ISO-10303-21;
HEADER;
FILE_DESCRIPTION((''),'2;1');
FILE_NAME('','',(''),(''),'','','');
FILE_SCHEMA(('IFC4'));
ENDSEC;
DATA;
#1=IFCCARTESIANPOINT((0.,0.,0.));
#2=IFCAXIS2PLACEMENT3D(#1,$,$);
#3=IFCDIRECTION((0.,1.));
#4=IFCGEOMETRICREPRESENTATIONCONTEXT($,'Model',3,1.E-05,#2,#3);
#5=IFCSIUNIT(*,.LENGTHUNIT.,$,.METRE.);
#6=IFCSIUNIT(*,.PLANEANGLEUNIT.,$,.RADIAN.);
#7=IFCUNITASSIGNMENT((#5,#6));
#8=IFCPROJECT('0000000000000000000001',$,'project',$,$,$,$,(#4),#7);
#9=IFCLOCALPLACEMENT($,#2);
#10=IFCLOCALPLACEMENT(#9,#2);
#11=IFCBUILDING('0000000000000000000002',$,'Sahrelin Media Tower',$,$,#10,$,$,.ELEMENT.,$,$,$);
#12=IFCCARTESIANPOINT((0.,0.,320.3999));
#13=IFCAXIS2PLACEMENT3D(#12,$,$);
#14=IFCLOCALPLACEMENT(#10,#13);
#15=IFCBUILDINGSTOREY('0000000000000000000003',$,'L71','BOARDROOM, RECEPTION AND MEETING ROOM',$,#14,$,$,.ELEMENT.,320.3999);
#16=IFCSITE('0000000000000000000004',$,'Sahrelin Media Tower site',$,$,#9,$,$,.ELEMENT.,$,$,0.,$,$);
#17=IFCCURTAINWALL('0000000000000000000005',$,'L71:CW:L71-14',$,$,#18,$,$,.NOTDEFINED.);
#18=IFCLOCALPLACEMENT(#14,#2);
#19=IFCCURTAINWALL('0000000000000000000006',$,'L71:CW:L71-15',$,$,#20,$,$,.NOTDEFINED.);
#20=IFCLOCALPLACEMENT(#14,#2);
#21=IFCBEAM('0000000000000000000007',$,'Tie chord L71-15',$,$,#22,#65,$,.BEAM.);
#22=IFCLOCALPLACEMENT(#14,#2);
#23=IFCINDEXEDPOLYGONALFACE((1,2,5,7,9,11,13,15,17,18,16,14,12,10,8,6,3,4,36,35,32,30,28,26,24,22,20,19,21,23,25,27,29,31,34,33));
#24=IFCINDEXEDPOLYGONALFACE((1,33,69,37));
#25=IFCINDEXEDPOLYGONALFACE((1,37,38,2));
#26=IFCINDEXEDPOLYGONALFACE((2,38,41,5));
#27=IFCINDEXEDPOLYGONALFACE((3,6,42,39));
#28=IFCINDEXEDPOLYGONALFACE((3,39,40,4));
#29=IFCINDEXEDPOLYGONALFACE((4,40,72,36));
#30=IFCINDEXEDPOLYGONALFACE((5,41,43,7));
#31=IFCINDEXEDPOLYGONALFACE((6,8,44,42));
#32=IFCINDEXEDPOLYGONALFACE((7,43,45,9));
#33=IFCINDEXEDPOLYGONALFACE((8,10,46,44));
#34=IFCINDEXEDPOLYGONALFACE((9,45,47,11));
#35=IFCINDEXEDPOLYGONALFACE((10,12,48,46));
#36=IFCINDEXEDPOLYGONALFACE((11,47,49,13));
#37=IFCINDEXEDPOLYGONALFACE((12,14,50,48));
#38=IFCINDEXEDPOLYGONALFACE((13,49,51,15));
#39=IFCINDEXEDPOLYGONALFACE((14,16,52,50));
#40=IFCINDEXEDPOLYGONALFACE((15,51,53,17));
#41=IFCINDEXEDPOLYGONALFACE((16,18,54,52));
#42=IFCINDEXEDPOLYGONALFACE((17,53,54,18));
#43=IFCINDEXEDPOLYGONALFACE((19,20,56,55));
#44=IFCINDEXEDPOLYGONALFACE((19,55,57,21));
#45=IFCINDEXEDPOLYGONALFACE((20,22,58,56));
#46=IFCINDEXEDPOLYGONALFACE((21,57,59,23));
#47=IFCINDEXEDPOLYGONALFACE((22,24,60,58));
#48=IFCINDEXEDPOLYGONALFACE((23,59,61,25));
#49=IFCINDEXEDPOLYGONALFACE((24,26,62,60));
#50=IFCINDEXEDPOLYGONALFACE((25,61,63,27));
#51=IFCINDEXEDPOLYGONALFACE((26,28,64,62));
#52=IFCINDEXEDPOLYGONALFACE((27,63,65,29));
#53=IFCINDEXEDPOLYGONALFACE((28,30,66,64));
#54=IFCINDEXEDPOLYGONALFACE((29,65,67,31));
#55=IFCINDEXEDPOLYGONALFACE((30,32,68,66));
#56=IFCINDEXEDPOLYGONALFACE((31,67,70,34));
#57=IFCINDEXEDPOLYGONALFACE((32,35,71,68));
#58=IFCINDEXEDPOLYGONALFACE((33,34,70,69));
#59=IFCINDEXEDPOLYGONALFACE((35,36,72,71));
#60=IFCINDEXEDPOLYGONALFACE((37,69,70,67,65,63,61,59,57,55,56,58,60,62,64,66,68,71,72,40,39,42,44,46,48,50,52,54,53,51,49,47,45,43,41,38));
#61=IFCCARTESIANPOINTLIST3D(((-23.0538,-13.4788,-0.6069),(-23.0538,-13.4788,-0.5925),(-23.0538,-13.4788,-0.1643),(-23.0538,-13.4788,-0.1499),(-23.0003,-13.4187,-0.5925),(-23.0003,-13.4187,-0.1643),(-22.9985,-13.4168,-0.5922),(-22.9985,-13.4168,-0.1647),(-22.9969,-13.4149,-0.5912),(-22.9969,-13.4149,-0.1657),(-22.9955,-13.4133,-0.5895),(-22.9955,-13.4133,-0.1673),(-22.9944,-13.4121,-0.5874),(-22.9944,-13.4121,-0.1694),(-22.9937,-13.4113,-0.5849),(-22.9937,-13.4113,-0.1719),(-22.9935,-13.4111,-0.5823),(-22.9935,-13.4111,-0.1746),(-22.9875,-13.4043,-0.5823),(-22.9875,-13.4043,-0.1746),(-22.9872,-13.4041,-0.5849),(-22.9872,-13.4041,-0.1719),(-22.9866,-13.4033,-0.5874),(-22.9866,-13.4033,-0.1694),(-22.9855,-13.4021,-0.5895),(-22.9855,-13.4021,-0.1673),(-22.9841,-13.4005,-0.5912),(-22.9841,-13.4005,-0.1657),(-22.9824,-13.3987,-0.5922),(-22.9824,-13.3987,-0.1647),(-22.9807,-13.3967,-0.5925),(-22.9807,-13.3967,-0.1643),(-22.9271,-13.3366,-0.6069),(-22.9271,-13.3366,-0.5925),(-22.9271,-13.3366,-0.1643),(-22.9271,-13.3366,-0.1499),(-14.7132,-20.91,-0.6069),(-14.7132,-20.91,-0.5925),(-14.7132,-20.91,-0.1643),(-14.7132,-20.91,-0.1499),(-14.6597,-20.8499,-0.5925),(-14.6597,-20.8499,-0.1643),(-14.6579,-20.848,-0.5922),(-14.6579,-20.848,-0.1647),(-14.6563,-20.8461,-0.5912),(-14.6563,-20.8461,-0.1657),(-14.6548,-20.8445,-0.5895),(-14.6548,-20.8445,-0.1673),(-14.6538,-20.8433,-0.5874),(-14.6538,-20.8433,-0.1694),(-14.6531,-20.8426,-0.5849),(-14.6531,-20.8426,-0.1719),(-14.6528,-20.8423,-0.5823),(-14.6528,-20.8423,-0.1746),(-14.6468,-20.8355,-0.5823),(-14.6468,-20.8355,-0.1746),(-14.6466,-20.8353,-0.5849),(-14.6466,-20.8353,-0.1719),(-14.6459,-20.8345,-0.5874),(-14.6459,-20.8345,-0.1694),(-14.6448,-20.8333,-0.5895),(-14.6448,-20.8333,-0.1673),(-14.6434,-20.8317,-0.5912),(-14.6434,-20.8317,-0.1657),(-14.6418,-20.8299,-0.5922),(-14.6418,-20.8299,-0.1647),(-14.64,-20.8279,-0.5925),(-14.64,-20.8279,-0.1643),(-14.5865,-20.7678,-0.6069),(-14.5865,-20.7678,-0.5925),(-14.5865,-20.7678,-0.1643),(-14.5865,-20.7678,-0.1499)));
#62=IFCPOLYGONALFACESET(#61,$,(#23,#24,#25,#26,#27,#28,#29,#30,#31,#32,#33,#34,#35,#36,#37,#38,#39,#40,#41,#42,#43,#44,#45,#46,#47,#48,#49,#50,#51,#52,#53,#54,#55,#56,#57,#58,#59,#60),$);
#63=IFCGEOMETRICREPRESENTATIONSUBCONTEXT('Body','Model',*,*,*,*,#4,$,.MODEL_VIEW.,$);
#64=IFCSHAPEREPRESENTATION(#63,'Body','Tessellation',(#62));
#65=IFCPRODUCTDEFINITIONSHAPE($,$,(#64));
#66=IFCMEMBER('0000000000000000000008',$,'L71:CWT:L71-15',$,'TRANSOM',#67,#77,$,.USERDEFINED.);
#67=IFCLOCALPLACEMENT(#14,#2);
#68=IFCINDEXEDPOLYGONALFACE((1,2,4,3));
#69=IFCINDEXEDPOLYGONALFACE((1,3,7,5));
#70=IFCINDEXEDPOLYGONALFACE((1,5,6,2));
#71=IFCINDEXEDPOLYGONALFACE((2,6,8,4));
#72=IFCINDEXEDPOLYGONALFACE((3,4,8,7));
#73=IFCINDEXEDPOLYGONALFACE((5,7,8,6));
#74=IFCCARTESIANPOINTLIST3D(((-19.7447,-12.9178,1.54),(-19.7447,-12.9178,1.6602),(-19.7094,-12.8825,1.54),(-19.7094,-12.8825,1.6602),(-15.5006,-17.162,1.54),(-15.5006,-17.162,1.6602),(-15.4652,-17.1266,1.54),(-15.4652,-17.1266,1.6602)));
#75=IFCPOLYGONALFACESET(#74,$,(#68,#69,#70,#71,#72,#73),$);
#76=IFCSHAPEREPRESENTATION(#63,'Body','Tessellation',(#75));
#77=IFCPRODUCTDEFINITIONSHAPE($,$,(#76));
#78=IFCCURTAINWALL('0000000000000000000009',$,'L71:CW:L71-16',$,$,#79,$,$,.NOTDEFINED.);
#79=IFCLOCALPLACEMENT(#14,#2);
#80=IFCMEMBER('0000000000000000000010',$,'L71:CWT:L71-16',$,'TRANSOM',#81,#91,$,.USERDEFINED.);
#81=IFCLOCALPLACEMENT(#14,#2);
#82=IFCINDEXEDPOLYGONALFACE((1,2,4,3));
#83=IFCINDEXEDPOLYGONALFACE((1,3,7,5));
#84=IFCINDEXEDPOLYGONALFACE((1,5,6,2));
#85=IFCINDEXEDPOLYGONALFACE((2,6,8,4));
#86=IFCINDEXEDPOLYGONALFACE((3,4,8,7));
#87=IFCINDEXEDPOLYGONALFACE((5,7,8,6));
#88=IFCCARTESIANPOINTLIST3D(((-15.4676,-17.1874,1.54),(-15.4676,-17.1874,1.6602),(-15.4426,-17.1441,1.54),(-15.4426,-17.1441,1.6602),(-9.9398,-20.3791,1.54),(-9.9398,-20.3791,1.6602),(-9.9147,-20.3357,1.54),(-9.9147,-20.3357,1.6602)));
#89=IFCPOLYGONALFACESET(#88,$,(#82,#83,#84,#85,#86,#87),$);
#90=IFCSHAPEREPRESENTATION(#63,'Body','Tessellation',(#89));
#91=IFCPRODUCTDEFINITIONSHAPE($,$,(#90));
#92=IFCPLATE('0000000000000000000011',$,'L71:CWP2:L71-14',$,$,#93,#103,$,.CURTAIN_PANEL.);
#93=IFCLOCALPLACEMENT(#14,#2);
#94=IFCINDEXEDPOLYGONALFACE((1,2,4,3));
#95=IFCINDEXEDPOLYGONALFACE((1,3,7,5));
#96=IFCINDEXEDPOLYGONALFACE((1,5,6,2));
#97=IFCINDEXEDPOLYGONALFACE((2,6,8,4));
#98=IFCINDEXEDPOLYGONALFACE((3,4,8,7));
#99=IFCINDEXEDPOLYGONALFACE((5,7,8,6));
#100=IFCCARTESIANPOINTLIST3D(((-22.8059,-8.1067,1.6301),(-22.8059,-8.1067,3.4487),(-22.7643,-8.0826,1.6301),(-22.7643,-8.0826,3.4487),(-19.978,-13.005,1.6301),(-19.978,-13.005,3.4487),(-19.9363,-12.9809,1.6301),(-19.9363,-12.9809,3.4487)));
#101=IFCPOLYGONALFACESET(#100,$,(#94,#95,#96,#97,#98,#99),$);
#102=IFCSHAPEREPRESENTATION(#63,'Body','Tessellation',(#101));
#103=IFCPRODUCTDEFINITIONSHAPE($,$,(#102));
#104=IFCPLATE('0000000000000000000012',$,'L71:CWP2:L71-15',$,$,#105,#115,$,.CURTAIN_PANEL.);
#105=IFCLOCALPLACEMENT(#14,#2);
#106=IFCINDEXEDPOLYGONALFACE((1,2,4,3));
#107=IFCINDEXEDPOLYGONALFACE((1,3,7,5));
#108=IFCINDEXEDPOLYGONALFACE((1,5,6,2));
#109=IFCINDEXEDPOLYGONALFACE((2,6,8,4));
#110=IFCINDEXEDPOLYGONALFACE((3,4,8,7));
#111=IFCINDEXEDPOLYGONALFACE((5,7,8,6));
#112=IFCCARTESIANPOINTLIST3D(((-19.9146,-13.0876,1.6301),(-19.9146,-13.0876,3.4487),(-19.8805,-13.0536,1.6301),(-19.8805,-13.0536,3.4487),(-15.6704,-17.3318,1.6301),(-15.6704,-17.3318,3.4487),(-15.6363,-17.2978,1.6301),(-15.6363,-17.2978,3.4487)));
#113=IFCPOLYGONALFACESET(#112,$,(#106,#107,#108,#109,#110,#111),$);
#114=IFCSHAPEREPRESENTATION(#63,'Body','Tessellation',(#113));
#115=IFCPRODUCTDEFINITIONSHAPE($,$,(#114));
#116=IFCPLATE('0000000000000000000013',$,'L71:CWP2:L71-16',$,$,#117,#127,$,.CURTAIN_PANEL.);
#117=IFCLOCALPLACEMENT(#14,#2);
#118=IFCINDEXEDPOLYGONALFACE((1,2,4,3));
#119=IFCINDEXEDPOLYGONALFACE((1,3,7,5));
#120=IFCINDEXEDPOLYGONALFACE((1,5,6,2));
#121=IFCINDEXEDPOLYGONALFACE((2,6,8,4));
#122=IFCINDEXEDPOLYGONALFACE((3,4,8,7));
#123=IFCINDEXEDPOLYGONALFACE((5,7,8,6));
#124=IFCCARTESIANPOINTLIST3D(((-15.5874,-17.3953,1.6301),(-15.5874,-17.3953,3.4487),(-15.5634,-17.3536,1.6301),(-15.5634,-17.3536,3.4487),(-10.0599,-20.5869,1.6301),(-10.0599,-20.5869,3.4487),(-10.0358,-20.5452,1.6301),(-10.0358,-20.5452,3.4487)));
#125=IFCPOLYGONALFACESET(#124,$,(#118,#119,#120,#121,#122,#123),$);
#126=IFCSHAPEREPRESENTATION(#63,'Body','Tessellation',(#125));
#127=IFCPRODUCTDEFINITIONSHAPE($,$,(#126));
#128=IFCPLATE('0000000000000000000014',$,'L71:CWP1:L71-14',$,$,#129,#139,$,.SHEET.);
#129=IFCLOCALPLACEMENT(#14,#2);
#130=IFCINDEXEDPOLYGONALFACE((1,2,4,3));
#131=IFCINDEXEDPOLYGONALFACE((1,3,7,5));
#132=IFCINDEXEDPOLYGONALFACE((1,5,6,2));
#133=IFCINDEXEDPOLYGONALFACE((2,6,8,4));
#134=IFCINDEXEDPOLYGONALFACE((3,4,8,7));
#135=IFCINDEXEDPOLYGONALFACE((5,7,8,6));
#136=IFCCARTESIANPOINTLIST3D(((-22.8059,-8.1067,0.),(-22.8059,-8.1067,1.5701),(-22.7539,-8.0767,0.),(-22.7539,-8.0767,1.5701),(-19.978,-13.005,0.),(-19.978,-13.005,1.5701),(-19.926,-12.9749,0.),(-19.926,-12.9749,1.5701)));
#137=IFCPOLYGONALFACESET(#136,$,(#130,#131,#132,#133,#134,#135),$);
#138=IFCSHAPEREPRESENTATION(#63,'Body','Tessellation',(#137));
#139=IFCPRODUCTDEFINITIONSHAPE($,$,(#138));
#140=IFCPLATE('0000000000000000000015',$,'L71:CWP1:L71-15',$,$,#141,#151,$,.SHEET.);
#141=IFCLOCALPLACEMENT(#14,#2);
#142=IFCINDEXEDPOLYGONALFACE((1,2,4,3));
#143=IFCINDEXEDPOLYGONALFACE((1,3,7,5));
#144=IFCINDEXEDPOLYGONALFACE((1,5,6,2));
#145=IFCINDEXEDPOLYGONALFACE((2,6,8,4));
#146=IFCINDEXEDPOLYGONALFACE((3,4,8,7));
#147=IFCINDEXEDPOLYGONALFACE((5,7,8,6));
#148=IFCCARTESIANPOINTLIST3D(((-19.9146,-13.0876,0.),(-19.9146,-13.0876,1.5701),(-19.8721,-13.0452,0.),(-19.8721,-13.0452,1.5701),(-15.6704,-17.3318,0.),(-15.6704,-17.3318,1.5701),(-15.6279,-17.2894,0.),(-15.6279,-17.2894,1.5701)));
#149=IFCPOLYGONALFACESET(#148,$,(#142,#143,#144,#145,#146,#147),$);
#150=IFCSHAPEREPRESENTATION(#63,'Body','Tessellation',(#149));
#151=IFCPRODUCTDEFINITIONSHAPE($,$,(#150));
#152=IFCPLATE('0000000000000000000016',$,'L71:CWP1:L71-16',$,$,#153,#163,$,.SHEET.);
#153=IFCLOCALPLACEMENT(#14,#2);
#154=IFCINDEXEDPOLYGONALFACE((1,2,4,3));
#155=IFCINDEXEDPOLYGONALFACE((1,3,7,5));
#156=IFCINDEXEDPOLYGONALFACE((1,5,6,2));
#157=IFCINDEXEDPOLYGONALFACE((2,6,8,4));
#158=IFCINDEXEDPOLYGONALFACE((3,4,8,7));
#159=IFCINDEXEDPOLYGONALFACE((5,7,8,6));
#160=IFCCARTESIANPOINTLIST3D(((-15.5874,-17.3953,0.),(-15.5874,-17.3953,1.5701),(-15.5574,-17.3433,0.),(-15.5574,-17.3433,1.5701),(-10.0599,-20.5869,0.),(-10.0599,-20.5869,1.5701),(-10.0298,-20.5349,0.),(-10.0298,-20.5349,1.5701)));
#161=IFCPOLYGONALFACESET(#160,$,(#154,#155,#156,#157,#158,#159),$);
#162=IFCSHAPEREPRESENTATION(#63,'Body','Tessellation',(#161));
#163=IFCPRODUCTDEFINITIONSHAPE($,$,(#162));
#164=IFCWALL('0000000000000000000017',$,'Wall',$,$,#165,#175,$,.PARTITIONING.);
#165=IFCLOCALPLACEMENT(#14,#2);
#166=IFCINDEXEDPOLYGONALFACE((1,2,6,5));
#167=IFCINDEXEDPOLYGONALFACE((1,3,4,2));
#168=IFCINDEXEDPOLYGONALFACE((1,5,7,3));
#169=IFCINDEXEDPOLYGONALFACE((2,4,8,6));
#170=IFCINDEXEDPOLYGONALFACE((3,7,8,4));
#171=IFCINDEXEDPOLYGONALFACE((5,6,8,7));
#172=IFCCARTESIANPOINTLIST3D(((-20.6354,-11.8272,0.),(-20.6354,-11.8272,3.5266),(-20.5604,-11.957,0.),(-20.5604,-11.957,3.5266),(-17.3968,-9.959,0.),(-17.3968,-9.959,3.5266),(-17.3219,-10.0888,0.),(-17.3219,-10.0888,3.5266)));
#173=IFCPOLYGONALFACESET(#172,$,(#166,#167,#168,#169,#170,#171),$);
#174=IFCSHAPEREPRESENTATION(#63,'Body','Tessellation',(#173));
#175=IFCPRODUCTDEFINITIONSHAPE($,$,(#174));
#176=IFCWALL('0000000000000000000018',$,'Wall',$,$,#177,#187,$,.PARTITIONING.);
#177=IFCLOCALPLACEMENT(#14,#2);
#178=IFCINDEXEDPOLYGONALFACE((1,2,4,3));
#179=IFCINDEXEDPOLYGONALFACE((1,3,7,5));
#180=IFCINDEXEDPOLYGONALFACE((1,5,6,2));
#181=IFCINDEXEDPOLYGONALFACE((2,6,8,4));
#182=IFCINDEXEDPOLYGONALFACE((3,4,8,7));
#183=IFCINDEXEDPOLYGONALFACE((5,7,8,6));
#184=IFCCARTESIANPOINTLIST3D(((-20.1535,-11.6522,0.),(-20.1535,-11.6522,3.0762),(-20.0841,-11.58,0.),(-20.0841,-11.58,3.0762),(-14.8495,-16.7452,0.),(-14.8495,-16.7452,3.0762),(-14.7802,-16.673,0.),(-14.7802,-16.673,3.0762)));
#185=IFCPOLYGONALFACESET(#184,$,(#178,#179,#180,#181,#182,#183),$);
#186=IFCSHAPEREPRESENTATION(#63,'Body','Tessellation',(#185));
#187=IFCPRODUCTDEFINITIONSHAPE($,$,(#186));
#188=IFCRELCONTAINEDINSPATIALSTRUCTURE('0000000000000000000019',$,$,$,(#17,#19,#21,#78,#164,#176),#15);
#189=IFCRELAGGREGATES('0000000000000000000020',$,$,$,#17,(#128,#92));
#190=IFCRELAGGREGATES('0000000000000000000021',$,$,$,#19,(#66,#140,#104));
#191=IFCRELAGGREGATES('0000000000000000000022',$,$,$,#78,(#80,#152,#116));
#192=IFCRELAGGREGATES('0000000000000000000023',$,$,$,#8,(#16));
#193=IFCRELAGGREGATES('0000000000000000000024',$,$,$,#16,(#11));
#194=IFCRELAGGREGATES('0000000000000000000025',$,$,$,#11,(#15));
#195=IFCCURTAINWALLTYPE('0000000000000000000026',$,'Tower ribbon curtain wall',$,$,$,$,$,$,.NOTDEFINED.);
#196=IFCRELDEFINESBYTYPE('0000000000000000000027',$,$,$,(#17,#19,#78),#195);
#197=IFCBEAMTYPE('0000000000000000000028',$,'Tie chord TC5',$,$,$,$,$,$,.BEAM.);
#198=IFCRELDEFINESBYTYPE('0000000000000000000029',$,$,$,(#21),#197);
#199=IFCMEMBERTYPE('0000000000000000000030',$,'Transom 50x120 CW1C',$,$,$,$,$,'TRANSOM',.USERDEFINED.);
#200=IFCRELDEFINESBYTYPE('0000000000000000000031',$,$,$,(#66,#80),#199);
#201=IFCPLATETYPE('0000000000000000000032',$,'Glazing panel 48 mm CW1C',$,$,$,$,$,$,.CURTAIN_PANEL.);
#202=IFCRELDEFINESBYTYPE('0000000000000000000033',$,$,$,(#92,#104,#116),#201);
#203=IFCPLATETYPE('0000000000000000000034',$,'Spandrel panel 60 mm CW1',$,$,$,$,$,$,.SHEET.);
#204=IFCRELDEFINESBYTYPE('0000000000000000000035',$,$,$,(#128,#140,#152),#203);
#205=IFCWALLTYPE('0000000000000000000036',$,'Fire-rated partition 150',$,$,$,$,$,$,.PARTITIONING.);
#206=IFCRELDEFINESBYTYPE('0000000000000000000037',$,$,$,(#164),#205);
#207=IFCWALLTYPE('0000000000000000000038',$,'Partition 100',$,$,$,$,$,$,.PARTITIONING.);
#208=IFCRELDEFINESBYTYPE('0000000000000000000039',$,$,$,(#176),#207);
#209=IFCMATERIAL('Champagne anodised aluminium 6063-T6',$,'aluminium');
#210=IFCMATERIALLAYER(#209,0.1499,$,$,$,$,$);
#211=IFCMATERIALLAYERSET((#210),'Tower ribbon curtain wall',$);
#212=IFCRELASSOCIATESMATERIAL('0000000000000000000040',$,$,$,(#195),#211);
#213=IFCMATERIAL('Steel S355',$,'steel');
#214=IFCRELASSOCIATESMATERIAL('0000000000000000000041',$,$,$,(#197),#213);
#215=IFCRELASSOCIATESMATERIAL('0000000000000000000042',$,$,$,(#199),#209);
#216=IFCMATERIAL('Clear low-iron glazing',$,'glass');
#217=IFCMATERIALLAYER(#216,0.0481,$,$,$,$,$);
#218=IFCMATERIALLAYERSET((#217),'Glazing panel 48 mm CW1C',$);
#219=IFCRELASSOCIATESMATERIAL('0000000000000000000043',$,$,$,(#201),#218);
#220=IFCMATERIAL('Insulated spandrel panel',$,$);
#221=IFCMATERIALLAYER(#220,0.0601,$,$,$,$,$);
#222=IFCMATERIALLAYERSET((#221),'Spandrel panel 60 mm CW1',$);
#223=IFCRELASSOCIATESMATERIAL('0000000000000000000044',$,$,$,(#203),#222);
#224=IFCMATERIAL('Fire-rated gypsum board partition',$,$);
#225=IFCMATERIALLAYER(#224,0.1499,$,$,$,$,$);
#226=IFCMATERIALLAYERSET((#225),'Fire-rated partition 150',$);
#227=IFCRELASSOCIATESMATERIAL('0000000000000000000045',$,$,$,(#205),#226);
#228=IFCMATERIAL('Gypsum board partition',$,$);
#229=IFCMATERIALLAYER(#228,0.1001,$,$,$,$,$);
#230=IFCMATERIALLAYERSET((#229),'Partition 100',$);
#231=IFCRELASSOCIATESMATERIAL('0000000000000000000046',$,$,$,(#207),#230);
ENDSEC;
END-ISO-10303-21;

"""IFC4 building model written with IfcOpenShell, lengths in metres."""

from ifc_helpers import new_model, si_unit, direction, frame, frame_2d, origin, origin_2d, place, context, subcontext, project, spatial, polyline, rectangle, i_section, outline, extrude, material, layer, layer_set, material_profile, profile_set, type_object, element, aggregate, save


model = new_model("IFC4")

# Units and contexts
model_context = context("Model", 3, precision=1e-05, world=origin(), true_north=direction((0.0, 1.0)))
body_context = subcontext(model_context, "Body", "Model", "MODEL_VIEW")
ifc_project = project(units=[si_unit("LENGTHUNIT", "METRE"), si_unit("PLANEANGLEUNIT", "RADIAN")], contexts=[model_context])

# Site, building, storey
site_placement = place(None, origin())
site = spatial("IfcSite", under=ifc_project, at=site_placement, Name="Sahrelin Media Tower site", CompositionType="ELEMENT", RefElevation=0.0)
building_placement = place(site_placement, origin())
building = spatial("IfcBuilding", under=site, at=building_placement, Name="Sahrelin Media Tower", CompositionType="ELEMENT")
storey_placement = place(building_placement, frame((0.0, 0.0, 320.3999)))
storey = spatial("IfcBuildingStorey", under=building, at=storey_placement, Name="L71", Description="BOARDROOM, RECEPTION AND MEETING ROOM", CompositionType="ELEMENT", Elevation=320.3999)

# Shared definitions
ifc_material_1 = material(Name="Steel S355", Category="steel")

# Curtain walls
ifc_material_2 = material(Name="Champagne anodised aluminium 6063-T6", Category="aluminium")
ifc_layer_1 = layer(ifc_material_2, 0.1499)
ifc_layer_set_1 = layer_set([ifc_layer_1], Name="Tower ribbon curtain wall")
curtain_wall_type = type_object("IfcCurtainWallType", Name="Tower ribbon curtain wall", PredefinedType="NOTDEFINED", material=ifc_layer_set_1)
curtain_wall_1_placement = place(storey_placement, frame((-21.3745, -10.5459, 0.0), z_axis=(0.0, 0.0, 1.0), x_axis=(1.0, 0.0, 0.0)))
curtain_wall_1 = element("IfcCurtainWall", 1, at=curtain_wall_1_placement, inside=storey, type_object=curtain_wall_type, Name="L71:CW:L71-14", PredefinedType="NOTDEFINED")
curtain_wall_2_placement = place(storey_placement, frame((-17.7783, -15.1956, 0.0), z_axis=(0.0, 0.0, 1.0), x_axis=(1.0, 0.0, 0.0)))
curtain_wall_2 = element("IfcCurtainWall", 2, at=curtain_wall_2_placement, inside=storey, type_object=curtain_wall_type, Name="L71:CW:L71-15", PredefinedType="NOTDEFINED")

# Beam
ifc_material_profile_1 = material_profile(ifc_material_1, i_section(OverallWidth=0.1904, OverallDepth=0.457, WebThickness=0.009, FlangeThickness=0.0144, FilletRadius=0.0103, at=origin_2d()), Name="UB 457x191x74")
ifc_profile_set_1 = profile_set([ifc_material_profile_1], Name="Steel S355")
beam_type_1 = type_object("IfcBeamType", Name="Tie chord TC5", PredefinedType="BEAM", material=ifc_profile_set_1)
beam_1_placement = place(storey_placement, frame((-22.9905, -13.4077, -0.3784), z_axis=(0.74664, -0.665229, 0.0), x_axis=(0.665229, 0.74664, 0.0)))
element("IfcBeam", 3, at=beam_1_placement, inside=storey, type_object=beam_type_1, Name="Tie chord L71-15", PredefinedType="BEAM", context=body_context, shape_type="SweptSolid", body=[
    extrude(i_section(OverallWidth=0.1904, OverallDepth=0.457, WebThickness=0.009, FlangeThickness=0.0144, FilletRadius=0.0103, at=origin_2d()), origin(), (0.0, 0.0, 1.0), 11.1709),
])

# Member
ifc_material_profile_2 = material_profile(ifc_material_2, rectangle(XDim=0.05, YDim=0.1201, at=origin_2d()), Name="Transom 50x120")
ifc_profile_set_2 = profile_set([ifc_material_profile_2], Name="Champagne anodised aluminium 6063-T6")
member_type_1 = type_object("IfcMemberType", Name="Transom 50x120 CW1C", ElementType="TRANSOM", PredefinedType="USERDEFINED", material=ifc_profile_set_2)
member_1_placement = place(storey_placement, frame((-19.7271, -12.9001, 1.6001), z_axis=(0.707107, -0.707107, 0.0), x_axis=(0.707107, 0.707107, 0.0)))
member_1 = element("IfcMember", 4, at=member_1_placement, type_object=member_type_1, Name="L71:CWT:L71-15", ObjectType="TRANSOM", PredefinedType="USERDEFINED", context=body_context, shape_type="SweptSolid", body=[
    extrude(rectangle(XDim=0.05, YDim=0.1201, at=origin_2d()), origin(), (0.0, 0.0, 1.0), 6.0022),
])

# Curtain wall, member
curtain_wall_3_placement = place(storey_placement, frame((-12.8137, -18.9739, 0.0), z_axis=(0.0, 0.0, 1.0), x_axis=(1.0, 0.0, 0.0)))
curtain_wall_3 = element("IfcCurtainWall", 5, at=curtain_wall_3_placement, inside=storey, type_object=curtain_wall_type, Name="L71:CW:L71-16", PredefinedType="NOTDEFINED")
member_2_placement = place(storey_placement, frame((-15.4551, -17.1658, 1.6001), z_axis=(0.866015, -0.500018, 0.0), x_axis=(0.500018, 0.866015, 0.0)))
member_2 = element("IfcMember", 6, at=member_2_placement, type_object=member_type_1, Name="L71:CWT:L71-16", ObjectType="TRANSOM", PredefinedType="USERDEFINED", context=body_context, shape_type="SweptSolid", body=[
    extrude(rectangle(XDim=0.05, YDim=0.1201, at=origin_2d()), origin(), (0.0, 0.0, 1.0), 6.3831),
])

# Plates
ifc_material_3 = material(Name="Clear low-iron glazing", Category="glass")
ifc_layer_2 = layer(ifc_material_3, 0.0481)
ifc_layer_set_2 = layer_set([ifc_layer_2], Name="Glazing panel 48 mm CW1C")
plate_type_1 = type_object("IfcPlateType", Name="Glazing panel 48 mm CW1C", PredefinedType="CURTAIN_PANEL", material=ifc_layer_set_2)
plate_1_placement = place(storey_placement, frame((-22.8059, -8.1067, 1.6301), z_axis=(-0.866032, -0.499988, 0.0), x_axis=(0.499988, -0.866032, 0.0)))
plate_1 = element("IfcPlate", 7, at=plate_1_placement, type_object=plate_type_1, Name="L71:CWP2:L71-14", PredefinedType="CURTAIN_PANEL", context=body_context, shape_type="SweptSolid", body=[
    extrude(outline(polyline([(0.0, 0.0), (5.656, 0.0), (5.656, 1.8186), (0.0, 1.8186), (0.0, 0.0)])), origin(), (0.0, 0.0, -1.0), 0.0481),
])
plate_2_placement = place(storey_placement, frame((-19.9146, -13.0876, 1.6301), z_axis=(-0.707107, -0.707107, 0.0), x_axis=(0.707107, -0.707107, 0.0)))
plate_2 = element("IfcPlate", 8, at=plate_2_placement, type_object=plate_type_1, Name="L71:CWP2:L71-15", PredefinedType="CURTAIN_PANEL", context=body_context, shape_type="SweptSolid", body=[
    extrude(outline(polyline([(0.0, 0.0), (6.0022, 0.0), (6.0022, 1.8186), (0.0, 1.8186), (0.0, 0.0)])), origin(), (0.0, 0.0, -1.0), 0.0481),
])
plate_3_placement = place(storey_placement, frame((-15.5874, -17.3953, 1.6301), z_axis=(-0.500035, -0.866005, 0.0), x_axis=(0.866005, -0.500035, 0.0)))
plate_3 = element("IfcPlate", 9, at=plate_3_placement, type_object=plate_type_1, Name="L71:CWP2:L71-16", PredefinedType="CURTAIN_PANEL", context=body_context, shape_type="SweptSolid", body=[
    extrude(outline(polyline([(0.0, 0.0), (6.3828, 0.0), (6.3828, 1.8186), (0.0, 1.8186), (0.0, 0.0)])), origin(), (0.0, 0.0, -1.0), 0.0481),
])
ifc_material_4 = material(Name="Insulated spandrel panel")
ifc_layer_3 = layer(ifc_material_4, 0.0601)
ifc_layer_set_3 = layer_set([ifc_layer_3], Name="Spandrel panel 60 mm CW1")
plate_type_2 = type_object("IfcPlateType", Name="Spandrel panel 60 mm CW1", PredefinedType="SHEET", material=ifc_layer_set_3)
plate_4_placement = place(storey_placement, frame((-22.8059, -8.1067, 0.0), z_axis=(-0.866032, -0.499988, 0.0), x_axis=(0.499988, -0.866032, 0.0)))
plate_4 = element("IfcPlate", 10, at=plate_4_placement, type_object=plate_type_2, Name="L71:CWP1:L71-14", PredefinedType="SHEET", context=body_context, shape_type="SweptSolid", body=[
    extrude(outline(polyline([(0.0, 0.0), (5.656, 0.0), (5.656, 1.5701), (0.0, 1.5701), (0.0, 0.0)])), origin(), (0.0, 0.0, -1.0), 0.0601),
])
aggregate(curtain_wall_1, [plate_4, plate_1])
plate_5_placement = place(storey_placement, frame((-19.9146, -13.0876, 0.0), z_axis=(-0.707107, -0.707107, 0.0), x_axis=(0.707107, -0.707107, 0.0)))
plate_5 = element("IfcPlate", 11, at=plate_5_placement, type_object=plate_type_2, Name="L71:CWP1:L71-15", PredefinedType="SHEET", context=body_context, shape_type="SweptSolid", body=[
    extrude(outline(polyline([(0.0, 0.0), (6.0022, 0.0), (6.0022, 1.5701), (0.0, 1.5701), (0.0, 0.0)])), origin(), (0.0, 0.0, -1.0), 0.0601),
])
aggregate(curtain_wall_2, [member_1, plate_5, plate_2])
plate_6_placement = place(storey_placement, frame((-15.5874, -17.3953, 0.0), z_axis=(-0.500035, -0.866005, 0.0), x_axis=(0.866005, -0.500035, 0.0)))
plate_6 = element("IfcPlate", 12, at=plate_6_placement, type_object=plate_type_2, Name="L71:CWP1:L71-16", PredefinedType="SHEET", context=body_context, shape_type="SweptSolid", body=[
    extrude(outline(polyline([(0.0, 0.0), (6.3828, 0.0), (6.3828, 1.5701), (0.0, 1.5701), (0.0, 0.0)])), origin(), (0.0, 0.0, -1.0), 0.0601),
])
aggregate(curtain_wall_3, [member_2, plate_6, plate_3])

# Walls
ifc_material_5 = material(Name="Fire-rated gypsum board partition")
ifc_layer_4 = layer(ifc_material_5, 0.1499)
ifc_layer_set_4 = layer_set([ifc_layer_4], Name="Fire-rated partition 150")
wall_type_1 = type_object("IfcWallType", Name="Fire-rated partition 150", PredefinedType="PARTITIONING", material=ifc_layer_set_4)
wall_1_placement = place(storey_placement, frame((-20.5979, -11.8921, 0.0), z_axis=(0.0, 0.0, 1.0), x_axis=(0.866211, 0.499679, 0.0)))
element("IfcWall", 13, at=wall_1_placement, inside=storey, type_object=wall_type_1, Name="Wall", PredefinedType="PARTITIONING", context=body_context, shape_type="SweptSolid", body=[
    extrude(rectangle(XDim=3.7388, YDim=0.1499, at=frame_2d((1.8694, 0.0))), origin(), (0.0, 0.0, 1.0), 3.5266),
])
ifc_material_6 = material(Name="Gypsum board partition")
ifc_layer_5 = layer(ifc_material_6, 0.1001)
ifc_layer_set_5 = layer_set([ifc_layer_5], Name="Partition 100")
wall_type_2 = type_object("IfcWallType", Name="Partition 100", PredefinedType="PARTITIONING", material=ifc_layer_set_5)
wall_2_placement = place(storey_placement, frame((-20.1189, -11.616, 0.0), z_axis=(0.0, 0.0, 1.0), x_axis=(0.721304, -0.692618, 0.0)))
element("IfcWall", 14, at=wall_2_placement, inside=storey, type_object=wall_type_2, Name="Wall", PredefinedType="PARTITIONING", context=body_context, shape_type="SweptSolid", body=[
    extrude(rectangle(XDim=7.3533, YDim=0.1001, at=frame_2d((3.6768, 0.0))), origin(), (0.0, 0.0, 1.0), 3.0762),
])

save(model, "model.ifc")
